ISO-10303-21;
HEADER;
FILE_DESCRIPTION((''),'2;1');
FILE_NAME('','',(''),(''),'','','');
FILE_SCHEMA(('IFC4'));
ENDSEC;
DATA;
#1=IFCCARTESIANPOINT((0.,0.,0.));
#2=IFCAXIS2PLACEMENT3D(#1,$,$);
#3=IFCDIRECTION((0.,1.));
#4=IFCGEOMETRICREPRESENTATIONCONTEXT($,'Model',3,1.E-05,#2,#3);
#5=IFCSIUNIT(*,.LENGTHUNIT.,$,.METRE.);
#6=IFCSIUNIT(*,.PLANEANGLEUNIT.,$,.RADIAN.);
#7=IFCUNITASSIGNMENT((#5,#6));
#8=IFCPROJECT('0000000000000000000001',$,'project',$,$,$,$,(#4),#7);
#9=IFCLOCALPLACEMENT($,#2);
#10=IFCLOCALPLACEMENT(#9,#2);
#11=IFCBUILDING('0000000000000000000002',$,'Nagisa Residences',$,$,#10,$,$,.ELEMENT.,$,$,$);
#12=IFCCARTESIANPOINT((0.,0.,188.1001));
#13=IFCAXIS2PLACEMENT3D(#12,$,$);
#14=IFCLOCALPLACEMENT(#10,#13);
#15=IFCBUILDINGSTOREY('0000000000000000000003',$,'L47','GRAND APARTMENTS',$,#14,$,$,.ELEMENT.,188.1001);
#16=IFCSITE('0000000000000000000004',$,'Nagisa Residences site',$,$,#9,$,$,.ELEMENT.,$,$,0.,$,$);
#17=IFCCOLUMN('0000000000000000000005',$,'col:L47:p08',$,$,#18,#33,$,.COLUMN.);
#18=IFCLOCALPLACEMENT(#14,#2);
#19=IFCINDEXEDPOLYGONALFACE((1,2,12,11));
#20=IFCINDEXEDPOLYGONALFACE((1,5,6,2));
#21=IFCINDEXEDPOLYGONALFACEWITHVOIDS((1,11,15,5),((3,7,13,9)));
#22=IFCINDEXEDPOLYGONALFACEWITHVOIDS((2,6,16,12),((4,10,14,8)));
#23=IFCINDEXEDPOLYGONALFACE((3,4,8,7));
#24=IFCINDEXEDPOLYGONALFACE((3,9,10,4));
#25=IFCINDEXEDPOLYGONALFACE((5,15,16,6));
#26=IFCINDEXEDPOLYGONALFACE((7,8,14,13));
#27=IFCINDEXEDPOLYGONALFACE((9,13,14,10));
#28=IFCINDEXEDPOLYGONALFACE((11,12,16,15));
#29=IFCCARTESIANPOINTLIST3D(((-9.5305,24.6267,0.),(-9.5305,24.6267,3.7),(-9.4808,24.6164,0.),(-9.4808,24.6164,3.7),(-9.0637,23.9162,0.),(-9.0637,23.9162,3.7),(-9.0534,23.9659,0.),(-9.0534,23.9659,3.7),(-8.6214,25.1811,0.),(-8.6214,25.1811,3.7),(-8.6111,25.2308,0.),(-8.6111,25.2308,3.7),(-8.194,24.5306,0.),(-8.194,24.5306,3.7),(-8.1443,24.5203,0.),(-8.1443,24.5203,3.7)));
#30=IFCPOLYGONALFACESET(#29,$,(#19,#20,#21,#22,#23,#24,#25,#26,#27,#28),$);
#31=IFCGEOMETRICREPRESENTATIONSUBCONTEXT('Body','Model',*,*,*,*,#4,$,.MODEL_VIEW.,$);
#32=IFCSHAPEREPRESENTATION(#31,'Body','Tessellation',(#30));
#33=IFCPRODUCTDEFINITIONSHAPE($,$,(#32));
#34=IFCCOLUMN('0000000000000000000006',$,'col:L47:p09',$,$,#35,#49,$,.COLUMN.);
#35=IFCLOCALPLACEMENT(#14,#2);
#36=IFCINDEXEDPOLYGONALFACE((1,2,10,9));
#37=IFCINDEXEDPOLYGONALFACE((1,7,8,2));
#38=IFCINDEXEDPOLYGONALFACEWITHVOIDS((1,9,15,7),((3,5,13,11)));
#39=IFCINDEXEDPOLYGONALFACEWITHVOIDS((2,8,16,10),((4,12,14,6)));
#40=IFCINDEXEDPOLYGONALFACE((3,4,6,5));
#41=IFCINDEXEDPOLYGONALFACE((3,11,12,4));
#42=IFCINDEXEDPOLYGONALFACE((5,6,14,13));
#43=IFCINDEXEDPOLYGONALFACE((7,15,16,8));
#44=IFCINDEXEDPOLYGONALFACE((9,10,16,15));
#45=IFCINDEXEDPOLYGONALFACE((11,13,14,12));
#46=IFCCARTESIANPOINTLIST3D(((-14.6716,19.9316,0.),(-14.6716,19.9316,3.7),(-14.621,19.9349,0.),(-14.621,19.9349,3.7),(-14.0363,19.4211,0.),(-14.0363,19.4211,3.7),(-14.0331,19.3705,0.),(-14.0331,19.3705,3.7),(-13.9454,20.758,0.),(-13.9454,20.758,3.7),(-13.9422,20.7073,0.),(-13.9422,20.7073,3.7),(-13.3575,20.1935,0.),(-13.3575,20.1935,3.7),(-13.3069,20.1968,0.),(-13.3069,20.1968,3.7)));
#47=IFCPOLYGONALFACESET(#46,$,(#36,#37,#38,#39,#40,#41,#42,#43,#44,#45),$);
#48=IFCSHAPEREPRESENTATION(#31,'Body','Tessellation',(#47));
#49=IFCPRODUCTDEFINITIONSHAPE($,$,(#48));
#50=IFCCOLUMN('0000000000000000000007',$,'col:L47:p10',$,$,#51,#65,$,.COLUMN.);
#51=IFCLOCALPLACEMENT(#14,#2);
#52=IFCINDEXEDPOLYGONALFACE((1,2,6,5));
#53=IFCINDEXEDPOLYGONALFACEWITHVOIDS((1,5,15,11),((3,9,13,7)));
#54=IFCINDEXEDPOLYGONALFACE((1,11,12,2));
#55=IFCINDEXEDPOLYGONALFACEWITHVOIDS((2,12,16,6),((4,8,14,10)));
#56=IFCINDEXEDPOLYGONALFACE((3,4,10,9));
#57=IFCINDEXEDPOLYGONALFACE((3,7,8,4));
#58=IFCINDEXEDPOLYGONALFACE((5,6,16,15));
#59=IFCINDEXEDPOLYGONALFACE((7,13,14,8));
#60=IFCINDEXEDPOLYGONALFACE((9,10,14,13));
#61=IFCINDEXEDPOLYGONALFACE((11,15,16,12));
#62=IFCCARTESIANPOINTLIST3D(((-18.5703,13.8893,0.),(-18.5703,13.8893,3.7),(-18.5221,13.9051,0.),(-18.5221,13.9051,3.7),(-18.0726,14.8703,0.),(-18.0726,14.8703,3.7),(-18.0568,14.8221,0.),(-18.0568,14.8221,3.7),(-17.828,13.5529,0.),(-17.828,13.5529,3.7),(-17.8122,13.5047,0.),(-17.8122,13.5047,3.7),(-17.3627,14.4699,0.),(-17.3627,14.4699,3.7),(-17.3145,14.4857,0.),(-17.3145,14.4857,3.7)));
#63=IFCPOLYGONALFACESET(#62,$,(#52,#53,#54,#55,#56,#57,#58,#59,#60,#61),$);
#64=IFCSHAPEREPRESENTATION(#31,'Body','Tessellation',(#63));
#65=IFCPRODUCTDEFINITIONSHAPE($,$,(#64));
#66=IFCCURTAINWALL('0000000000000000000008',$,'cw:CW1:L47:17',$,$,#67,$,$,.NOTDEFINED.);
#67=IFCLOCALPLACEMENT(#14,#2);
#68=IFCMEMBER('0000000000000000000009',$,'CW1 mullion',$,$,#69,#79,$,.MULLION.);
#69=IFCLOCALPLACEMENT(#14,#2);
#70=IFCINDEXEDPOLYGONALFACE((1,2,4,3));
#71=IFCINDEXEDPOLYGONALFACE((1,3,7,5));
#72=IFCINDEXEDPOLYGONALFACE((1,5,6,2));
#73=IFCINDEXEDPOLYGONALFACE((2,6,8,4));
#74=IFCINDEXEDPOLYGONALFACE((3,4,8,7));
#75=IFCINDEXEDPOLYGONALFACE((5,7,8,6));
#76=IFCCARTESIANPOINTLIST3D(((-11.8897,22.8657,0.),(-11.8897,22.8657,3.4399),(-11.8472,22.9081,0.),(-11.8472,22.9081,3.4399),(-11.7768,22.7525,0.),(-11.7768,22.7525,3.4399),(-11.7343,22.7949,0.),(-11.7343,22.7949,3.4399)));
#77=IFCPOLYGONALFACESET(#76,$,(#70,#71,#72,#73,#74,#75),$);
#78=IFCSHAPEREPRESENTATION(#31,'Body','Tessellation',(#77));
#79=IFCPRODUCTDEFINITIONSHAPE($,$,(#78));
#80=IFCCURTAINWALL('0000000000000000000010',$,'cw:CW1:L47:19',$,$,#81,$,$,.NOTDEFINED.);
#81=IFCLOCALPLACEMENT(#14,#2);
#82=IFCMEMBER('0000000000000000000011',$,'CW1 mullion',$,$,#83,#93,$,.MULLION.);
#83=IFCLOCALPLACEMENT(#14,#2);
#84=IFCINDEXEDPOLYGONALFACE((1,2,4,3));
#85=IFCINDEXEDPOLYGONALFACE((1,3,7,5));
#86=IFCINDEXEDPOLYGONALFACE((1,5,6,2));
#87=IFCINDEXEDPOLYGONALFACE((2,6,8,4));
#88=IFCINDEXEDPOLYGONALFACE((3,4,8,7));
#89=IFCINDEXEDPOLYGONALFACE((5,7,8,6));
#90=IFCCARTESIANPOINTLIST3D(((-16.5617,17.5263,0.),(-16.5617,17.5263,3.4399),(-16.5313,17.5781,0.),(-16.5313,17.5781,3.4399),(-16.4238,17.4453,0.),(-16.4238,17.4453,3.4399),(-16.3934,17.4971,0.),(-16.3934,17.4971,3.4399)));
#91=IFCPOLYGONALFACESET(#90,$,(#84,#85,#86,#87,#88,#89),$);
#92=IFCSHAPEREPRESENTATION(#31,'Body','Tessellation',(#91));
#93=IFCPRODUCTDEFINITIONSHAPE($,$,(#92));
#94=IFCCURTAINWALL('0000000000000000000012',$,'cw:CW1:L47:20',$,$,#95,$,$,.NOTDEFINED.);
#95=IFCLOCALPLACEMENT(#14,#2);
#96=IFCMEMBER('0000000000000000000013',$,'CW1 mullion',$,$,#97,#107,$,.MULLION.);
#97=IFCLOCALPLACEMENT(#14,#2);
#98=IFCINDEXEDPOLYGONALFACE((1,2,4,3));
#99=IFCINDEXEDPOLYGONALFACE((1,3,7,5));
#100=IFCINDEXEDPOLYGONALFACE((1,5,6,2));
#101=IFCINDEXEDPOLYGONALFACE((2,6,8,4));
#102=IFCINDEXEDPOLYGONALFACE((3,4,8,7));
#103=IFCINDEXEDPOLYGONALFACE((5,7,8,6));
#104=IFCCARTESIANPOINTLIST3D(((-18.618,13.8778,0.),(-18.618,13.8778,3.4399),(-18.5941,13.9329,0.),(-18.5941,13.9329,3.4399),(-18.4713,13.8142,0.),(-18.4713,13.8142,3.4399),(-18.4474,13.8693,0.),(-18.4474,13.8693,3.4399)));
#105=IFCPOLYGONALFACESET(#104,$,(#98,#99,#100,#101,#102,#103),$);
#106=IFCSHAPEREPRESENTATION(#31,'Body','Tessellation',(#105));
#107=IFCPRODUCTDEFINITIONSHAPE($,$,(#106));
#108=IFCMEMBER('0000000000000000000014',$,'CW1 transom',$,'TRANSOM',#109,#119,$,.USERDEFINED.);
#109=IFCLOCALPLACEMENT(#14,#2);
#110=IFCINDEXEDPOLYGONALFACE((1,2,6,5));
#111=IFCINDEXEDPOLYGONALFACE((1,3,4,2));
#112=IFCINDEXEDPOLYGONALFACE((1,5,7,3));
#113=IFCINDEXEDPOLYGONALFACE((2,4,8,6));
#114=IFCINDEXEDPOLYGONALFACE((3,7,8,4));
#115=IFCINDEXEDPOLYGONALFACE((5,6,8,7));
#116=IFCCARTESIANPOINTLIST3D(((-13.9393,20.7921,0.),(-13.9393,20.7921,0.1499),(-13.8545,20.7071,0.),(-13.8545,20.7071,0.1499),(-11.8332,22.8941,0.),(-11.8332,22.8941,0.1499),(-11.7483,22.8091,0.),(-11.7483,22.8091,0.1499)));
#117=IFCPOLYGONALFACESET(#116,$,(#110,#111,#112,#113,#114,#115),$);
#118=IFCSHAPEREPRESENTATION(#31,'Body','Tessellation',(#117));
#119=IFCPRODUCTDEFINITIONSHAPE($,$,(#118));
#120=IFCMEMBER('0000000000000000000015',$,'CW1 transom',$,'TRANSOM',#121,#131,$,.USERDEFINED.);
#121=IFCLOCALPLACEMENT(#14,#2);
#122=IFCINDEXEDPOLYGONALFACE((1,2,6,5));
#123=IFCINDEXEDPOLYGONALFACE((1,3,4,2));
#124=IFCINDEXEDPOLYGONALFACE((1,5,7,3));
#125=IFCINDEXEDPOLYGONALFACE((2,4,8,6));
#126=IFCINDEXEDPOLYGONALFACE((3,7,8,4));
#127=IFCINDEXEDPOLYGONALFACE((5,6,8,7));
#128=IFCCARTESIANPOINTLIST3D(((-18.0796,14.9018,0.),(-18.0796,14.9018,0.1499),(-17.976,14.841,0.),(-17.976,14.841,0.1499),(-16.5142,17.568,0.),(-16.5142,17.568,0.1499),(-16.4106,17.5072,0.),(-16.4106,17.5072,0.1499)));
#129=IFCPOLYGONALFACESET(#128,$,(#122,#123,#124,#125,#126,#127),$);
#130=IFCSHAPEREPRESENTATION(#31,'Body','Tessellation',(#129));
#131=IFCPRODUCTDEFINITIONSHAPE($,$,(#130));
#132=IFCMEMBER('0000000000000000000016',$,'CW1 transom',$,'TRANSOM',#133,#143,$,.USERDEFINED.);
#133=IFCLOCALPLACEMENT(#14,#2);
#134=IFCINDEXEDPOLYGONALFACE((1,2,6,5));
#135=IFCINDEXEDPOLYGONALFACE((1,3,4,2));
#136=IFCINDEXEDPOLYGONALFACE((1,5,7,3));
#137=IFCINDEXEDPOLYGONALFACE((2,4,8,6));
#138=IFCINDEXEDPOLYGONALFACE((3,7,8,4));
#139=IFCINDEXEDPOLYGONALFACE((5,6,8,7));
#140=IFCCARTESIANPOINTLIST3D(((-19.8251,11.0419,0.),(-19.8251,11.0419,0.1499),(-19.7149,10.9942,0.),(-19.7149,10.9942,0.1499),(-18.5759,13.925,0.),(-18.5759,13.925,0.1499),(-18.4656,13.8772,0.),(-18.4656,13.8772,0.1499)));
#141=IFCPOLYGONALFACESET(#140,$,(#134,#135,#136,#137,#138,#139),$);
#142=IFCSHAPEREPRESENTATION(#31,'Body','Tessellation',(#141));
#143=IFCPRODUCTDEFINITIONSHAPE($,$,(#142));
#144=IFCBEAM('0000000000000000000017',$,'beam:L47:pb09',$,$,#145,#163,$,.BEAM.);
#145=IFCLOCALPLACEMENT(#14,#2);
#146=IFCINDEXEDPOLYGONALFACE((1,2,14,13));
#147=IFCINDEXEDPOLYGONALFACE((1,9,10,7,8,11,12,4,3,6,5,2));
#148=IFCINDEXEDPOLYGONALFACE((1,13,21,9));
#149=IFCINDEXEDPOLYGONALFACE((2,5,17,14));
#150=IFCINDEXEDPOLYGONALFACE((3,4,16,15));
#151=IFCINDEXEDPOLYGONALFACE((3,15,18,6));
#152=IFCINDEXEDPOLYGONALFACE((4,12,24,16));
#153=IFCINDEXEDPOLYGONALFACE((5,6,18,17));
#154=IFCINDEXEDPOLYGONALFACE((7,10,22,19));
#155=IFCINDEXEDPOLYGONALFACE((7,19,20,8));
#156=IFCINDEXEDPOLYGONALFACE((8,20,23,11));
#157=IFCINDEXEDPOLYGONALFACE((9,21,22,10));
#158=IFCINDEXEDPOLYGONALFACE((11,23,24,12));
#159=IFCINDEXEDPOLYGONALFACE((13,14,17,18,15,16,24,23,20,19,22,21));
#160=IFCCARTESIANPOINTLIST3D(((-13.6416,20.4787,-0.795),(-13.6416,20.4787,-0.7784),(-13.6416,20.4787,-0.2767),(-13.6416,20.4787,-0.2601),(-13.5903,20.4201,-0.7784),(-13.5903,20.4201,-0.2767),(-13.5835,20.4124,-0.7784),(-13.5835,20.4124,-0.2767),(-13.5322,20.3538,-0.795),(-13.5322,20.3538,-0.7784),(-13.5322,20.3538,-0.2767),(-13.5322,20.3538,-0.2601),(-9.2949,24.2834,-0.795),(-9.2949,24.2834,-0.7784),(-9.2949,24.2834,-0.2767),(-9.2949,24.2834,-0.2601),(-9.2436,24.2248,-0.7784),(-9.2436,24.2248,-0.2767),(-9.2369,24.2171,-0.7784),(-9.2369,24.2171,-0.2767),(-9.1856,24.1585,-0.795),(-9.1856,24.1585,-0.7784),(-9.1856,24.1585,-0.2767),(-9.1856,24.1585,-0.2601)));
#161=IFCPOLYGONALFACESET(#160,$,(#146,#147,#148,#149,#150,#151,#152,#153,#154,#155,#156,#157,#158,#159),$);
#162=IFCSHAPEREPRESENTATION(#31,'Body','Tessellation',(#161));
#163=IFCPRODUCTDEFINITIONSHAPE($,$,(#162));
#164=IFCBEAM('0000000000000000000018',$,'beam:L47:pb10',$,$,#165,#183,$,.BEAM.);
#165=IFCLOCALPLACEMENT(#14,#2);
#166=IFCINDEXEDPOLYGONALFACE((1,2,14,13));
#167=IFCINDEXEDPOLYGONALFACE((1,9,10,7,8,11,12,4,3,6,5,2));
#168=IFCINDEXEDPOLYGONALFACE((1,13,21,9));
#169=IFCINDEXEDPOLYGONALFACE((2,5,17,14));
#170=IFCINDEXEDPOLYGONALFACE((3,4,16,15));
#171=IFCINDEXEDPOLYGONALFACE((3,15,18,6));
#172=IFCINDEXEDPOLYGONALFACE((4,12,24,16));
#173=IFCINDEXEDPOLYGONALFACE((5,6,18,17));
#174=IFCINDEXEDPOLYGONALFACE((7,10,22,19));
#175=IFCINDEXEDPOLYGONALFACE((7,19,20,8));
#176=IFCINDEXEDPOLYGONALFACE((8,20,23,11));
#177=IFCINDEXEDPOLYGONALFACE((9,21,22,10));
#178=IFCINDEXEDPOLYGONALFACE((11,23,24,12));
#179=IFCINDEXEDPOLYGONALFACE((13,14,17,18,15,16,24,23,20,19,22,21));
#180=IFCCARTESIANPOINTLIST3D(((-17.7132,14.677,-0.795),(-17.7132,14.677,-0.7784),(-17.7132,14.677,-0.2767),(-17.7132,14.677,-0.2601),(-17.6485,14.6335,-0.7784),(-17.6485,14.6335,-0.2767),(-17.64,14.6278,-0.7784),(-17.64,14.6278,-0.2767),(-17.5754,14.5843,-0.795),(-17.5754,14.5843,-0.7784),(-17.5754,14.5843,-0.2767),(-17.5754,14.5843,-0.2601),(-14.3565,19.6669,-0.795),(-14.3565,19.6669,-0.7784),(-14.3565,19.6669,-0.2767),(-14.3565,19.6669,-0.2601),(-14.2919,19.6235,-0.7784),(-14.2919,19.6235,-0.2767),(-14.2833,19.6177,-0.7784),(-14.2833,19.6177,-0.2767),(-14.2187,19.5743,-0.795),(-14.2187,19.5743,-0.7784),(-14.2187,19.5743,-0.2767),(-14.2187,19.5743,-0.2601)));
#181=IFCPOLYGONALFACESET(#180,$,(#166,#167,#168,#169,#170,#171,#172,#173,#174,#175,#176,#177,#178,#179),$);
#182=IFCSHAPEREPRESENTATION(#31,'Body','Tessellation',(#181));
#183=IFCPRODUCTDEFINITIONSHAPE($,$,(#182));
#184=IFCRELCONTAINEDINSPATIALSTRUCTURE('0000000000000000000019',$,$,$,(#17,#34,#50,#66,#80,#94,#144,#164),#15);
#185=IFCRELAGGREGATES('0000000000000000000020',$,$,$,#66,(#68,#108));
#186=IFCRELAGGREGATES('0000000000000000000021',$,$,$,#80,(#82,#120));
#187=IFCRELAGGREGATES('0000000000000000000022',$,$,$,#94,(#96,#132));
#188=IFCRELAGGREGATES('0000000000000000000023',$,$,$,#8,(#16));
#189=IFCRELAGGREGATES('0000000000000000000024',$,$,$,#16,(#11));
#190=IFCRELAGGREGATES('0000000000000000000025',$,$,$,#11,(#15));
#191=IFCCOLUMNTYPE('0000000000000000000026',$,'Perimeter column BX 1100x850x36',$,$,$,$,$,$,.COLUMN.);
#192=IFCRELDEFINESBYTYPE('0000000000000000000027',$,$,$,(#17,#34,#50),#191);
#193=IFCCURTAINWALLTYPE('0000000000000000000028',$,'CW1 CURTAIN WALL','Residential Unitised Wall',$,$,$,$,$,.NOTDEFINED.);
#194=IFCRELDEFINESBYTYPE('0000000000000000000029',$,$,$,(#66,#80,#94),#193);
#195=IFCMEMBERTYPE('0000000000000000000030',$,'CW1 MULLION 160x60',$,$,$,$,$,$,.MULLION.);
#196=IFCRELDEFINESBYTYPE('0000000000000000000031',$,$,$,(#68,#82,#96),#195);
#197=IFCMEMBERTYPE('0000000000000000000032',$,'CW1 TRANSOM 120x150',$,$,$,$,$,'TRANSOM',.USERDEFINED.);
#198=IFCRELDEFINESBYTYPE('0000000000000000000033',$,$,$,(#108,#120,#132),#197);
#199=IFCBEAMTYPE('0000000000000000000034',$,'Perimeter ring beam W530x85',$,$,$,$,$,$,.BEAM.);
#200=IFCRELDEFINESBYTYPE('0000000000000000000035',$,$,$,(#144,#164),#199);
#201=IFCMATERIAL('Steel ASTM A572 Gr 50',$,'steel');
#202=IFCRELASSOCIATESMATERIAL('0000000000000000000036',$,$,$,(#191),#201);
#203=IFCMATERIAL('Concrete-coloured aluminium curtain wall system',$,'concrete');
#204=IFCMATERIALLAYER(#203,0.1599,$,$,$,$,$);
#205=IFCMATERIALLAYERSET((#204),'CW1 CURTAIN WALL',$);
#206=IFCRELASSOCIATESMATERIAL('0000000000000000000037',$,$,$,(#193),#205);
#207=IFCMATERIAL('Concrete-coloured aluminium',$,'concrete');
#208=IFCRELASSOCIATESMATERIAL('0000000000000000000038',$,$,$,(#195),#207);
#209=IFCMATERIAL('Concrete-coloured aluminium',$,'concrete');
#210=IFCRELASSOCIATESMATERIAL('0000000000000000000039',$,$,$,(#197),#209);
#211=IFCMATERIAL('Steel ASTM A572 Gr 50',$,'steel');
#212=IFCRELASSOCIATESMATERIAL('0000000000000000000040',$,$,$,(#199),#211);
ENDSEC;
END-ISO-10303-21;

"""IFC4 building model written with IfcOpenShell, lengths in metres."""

from ifc_helpers import new_model, si_unit, direction, frame, origin, origin_2d, place, context, subcontext, project, spatial, rectangle, hollow_rectangle, i_section, extrude, material, layer, layer_set, material_profile, profile_set, type_object, element, aggregate, save


model = new_model("IFC4")

# Units and contexts
model_context = context("Model", 3, precision=1e-05, world=origin(), true_north=direction((0.0, 1.0)))
body_context = subcontext(model_context, "Body", "Model", "MODEL_VIEW")
ifc_project = project(units=[si_unit("LENGTHUNIT", "METRE"), si_unit("PLANEANGLEUNIT", "RADIAN")], contexts=[model_context])

# Site, building, storey
site_placement = place(None, origin())
site = spatial("IfcSite", under=ifc_project, at=site_placement, Name="Nagisa Residences site", CompositionType="ELEMENT", RefElevation=0.0)
building_placement = place(site_placement, origin())
building = spatial("IfcBuilding", under=site, at=building_placement, Name="Nagisa Residences", CompositionType="ELEMENT")
storey_placement = place(building_placement, frame((0.0, 0.0, 188.1001)))
storey = spatial("IfcBuildingStorey", under=building, at=storey_placement, Name="L47", Description="GRAND APARTMENTS", CompositionType="ELEMENT", Elevation=188.1001)

# Columns
ifc_material_1 = material(Name="Steel ASTM A572 Gr 50", Category="steel")
ifc_material_profile_1 = material_profile(ifc_material_1, hollow_rectangle(XDim=1.1001, YDim=0.8501, WallThickness=0.0359, at=origin_2d()), Name="BX 1100x850x36")
ifc_profile_set_1 = profile_set([ifc_material_profile_1], Name="Steel ASTM A572 Gr 50")
column_type = type_object("IfcColumnType", Name="Perimeter column BX 1100x850x36", PredefinedType="COLUMN", material=ifc_profile_set_1)
for number, where, z_axis, x_axis, name in (
    (1, (-8.8374, 24.5735, 0.0), (0.0, 0.0, 1.0), (-0.835766, -0.549086, 0.0), "col:L47:p08"),
    (2, (-13.9893, 20.0642, 0.0), (0.0, 0.0, 1.0), (-0.660115, -0.751165, 0.0), "col:L47:p09"),
    (3, (-17.9424, 14.1875, 0.0), (0.0, 0.0, 1.0), (-0.452463, -0.891783, 0.0), "col:L47:p10"),
):
    element("IfcColumn", number, at=place(storey_placement, frame(where, z_axis=z_axis, x_axis=x_axis)), inside=storey, type_object=column_type, Name=name, PredefinedType="COLUMN", context=body_context, shape_type="SweptSolid", body=[
        extrude(hollow_rectangle(XDim=1.1001, YDim=0.8501, WallThickness=0.0359, at=origin_2d()), origin(), (0.0, 0.0, 1.0), 3.7),
    ])

# Curtain walls, members
ifc_material_2 = material(Name="Concrete-coloured aluminium curtain wall system", Category="concrete")
ifc_layer_1 = layer(ifc_material_2, 0.1599)
ifc_layer_set_1 = layer_set([ifc_layer_1], Name="CW1 CURTAIN WALL")
curtain_wall_type = type_object("IfcCurtainWallType", Name="CW1 CURTAIN WALL", Description="Residential Unitised Wall", PredefinedType="NOTDEFINED", material=ifc_layer_set_1)
curtain_wall_1_placement = place(storey_placement, origin())
curtain_wall_1 = element("IfcCurtainWall", 4, at=curtain_wall_1_placement, inside=storey, type_object=curtain_wall_type, Name="cw:CW1:L47:17", PredefinedType="NOTDEFINED")
ifc_material_3 = material(Name="Concrete-coloured aluminium", Category="concrete")
ifc_material_profile_2 = material_profile(ifc_material_3, rectangle(XDim=0.1599, YDim=0.0601, at=origin_2d()), Name="CW1 MULLION 160x60")
ifc_profile_set_2 = profile_set([ifc_material_profile_2], Name="Concrete-coloured aluminium")
member_type_1 = type_object("IfcMemberType", Name="CW1 MULLION 160x60", PredefinedType="MULLION", material=ifc_profile_set_2)
member_1_placement = place(storey_placement, frame((-11.812, 22.8303, 0.0), z_axis=(0.0, 0.0, 1.0), x_axis=(0.706377, -0.707836, 0.0)))
member_1 = element("IfcMember", 5, at=member_1_placement, type_object=member_type_1, Name="CW1 mullion", PredefinedType="MULLION", context=body_context, shape_type="SweptSolid", body=[
    extrude(rectangle(XDim=0.1599, YDim=0.0601, at=origin_2d()), origin(), (0.0, 0.0, 1.0), 3.4399),
])
curtain_wall_2_placement = place(storey_placement, origin())
curtain_wall_2 = element("IfcCurtainWall", 6, at=curtain_wall_2_placement, inside=storey, type_object=curtain_wall_type, Name="cw:CW1:L47:19", PredefinedType="NOTDEFINED")
member_2_placement = place(storey_placement, frame((-16.4775, 17.5117, 0.0), z_axis=(0.0, 0.0, 1.0), x_axis=(0.862329, -0.506349, 0.0)))
member_2 = element("IfcMember", 7, at=member_2_placement, type_object=member_type_1, Name="CW1 mullion", PredefinedType="MULLION", context=body_context, shape_type="SweptSolid", body=[
    extrude(rectangle(XDim=0.1599, YDim=0.0601, at=origin_2d()), origin(), (0.0, 0.0, 1.0), 3.4399),
])
curtain_wall_3_placement = place(storey_placement, origin())
curtain_wall_3 = element("IfcCurtainWall", 8, at=curtain_wall_3_placement, inside=storey, type_object=curtain_wall_type, Name="cw:CW1:L47:20", PredefinedType="NOTDEFINED")
member_3_placement = place(storey_placement, frame((-18.5327, 13.8735, 0.0), z_axis=(0.0, 0.0, 1.0), x_axis=(0.917543, -0.397636, 0.0)))
member_3 = element("IfcMember", 9, at=member_3_placement, type_object=member_type_1, Name="CW1 mullion", PredefinedType="MULLION", context=body_context, shape_type="SweptSolid", body=[
    extrude(rectangle(XDim=0.1599, YDim=0.0601, at=origin_2d()), origin(), (0.0, 0.0, 1.0), 3.4399),
])

# Members
ifc_material_4 = material(Name="Concrete-coloured aluminium", Category="concrete")
ifc_material_profile_3 = material_profile(ifc_material_4, rectangle(XDim=0.1201, YDim=0.1499, at=origin_2d()), Name="CW1 TRANSOM 120x150")
ifc_profile_set_3 = profile_set([ifc_material_profile_3], Name="Concrete-coloured aluminium")
member_type_2 = type_object("IfcMemberType", Name="CW1 TRANSOM 120x150", ElementType="TRANSOM", PredefinedType="USERDEFINED", material=ifc_profile_set_3)
member_4_placement = place(storey_placement, frame((-11.7908, 22.8516, 0.075), z_axis=(-0.707804, -0.706409, 0.0), x_axis=(0.706409, -0.707804, 0.0)))
member_4 = element("IfcMember", 10, at=member_4_placement, type_object=member_type_2, Name="CW1 transom", ObjectType="TRANSOM", PredefinedType="USERDEFINED", context=body_context, shape_type="SweptSolid", body=[
    extrude(rectangle(XDim=0.1201, YDim=0.1499, at=origin_2d()), origin(), (0.0, 0.0, 1.0), 2.9756),
])
member_5_placement = place(storey_placement, frame((-16.4624, 17.5376, 0.075), z_axis=(-0.506309, -0.862352, 0.0), x_axis=(0.862352, -0.506309, 0.0)))
member_5 = element("IfcMember", 11, at=member_5_placement, type_object=member_type_2, Name="CW1 transom", ObjectType="TRANSOM", PredefinedType="USERDEFINED", context=body_context, shape_type="SweptSolid", body=[
    extrude(rectangle(XDim=0.1201, YDim=0.1499, at=origin_2d()), origin(), (0.0, 0.0, 1.0), 3.0918),
])
member_6_placement = place(storey_placement, frame((-18.5208, 13.9011, 0.075), z_axis=(-0.397592, -0.917562, 0.0), x_axis=(0.917562, -0.397592, 0.0)))
member_6 = element("IfcMember", 12, at=member_6_placement, type_object=member_type_2, Name="CW1 transom", ObjectType="TRANSOM", PredefinedType="USERDEFINED", context=body_context, shape_type="SweptSolid", body=[
    extrude(rectangle(XDim=0.1201, YDim=0.1499, at=origin_2d()), origin(), (0.0, 0.0, 1.0), 3.1421),
])

# Beams
ifc_material_5 = material(Name="Steel ASTM A572 Gr 50", Category="steel")
ifc_material_profile_4 = material_profile(ifc_material_5, i_section(OverallWidth=0.166, OverallDepth=0.5349, WebThickness=0.0103, FlangeThickness=0.0166, at=origin_2d()), Name="W530x85")
ifc_profile_set_4 = profile_set([ifc_material_profile_4], Name="Steel ASTM A572 Gr 50")
beam_type_1 = type_object("IfcBeamType", Name="Perimeter ring beam W530x85", PredefinedType="BEAM", material=ifc_profile_set_4)
beam_1_placement = place(storey_placement, frame((-9.2402, 24.2209, -0.5276), z_axis=(-0.752461, -0.658636, 0.0), x_axis=(0.658636, -0.752461, 0.0)))
element("IfcBeam", 13, at=beam_1_placement, inside=storey, type_object=beam_type_1, Name="beam:L47:pb09", PredefinedType="BEAM", context=body_context, shape_type="SweptSolid", body=[
    extrude(i_section(OverallWidth=0.166, OverallDepth=0.5349, WebThickness=0.0103, FlangeThickness=0.0166, at=origin_2d()), origin(), (0.0, 0.0, 1.0), 5.7766),
])
beam_2_placement = place(storey_placement, frame((-14.2876, 19.6206, -0.5276), z_axis=(-0.558152, -0.829739, 0.0), x_axis=(0.829739, -0.558152, 0.0)))
element("IfcBeam", 14, at=beam_2_placement, inside=storey, type_object=beam_type_1, Name="beam:L47:pb10", PredefinedType="BEAM", context=body_context, shape_type="SweptSolid", body=[
    extrude(i_section(OverallWidth=0.166, OverallDepth=0.5349, WebThickness=0.0103, FlangeThickness=0.0166, at=origin_2d()), origin(), (0.0, 0.0, 1.0), 6.0139),
])

aggregate(curtain_wall_1, [member_1, member_4])
aggregate(curtain_wall_2, [member_2, member_5])
aggregate(curtain_wall_3, [member_3, member_6])

save(model, "model.ifc")
